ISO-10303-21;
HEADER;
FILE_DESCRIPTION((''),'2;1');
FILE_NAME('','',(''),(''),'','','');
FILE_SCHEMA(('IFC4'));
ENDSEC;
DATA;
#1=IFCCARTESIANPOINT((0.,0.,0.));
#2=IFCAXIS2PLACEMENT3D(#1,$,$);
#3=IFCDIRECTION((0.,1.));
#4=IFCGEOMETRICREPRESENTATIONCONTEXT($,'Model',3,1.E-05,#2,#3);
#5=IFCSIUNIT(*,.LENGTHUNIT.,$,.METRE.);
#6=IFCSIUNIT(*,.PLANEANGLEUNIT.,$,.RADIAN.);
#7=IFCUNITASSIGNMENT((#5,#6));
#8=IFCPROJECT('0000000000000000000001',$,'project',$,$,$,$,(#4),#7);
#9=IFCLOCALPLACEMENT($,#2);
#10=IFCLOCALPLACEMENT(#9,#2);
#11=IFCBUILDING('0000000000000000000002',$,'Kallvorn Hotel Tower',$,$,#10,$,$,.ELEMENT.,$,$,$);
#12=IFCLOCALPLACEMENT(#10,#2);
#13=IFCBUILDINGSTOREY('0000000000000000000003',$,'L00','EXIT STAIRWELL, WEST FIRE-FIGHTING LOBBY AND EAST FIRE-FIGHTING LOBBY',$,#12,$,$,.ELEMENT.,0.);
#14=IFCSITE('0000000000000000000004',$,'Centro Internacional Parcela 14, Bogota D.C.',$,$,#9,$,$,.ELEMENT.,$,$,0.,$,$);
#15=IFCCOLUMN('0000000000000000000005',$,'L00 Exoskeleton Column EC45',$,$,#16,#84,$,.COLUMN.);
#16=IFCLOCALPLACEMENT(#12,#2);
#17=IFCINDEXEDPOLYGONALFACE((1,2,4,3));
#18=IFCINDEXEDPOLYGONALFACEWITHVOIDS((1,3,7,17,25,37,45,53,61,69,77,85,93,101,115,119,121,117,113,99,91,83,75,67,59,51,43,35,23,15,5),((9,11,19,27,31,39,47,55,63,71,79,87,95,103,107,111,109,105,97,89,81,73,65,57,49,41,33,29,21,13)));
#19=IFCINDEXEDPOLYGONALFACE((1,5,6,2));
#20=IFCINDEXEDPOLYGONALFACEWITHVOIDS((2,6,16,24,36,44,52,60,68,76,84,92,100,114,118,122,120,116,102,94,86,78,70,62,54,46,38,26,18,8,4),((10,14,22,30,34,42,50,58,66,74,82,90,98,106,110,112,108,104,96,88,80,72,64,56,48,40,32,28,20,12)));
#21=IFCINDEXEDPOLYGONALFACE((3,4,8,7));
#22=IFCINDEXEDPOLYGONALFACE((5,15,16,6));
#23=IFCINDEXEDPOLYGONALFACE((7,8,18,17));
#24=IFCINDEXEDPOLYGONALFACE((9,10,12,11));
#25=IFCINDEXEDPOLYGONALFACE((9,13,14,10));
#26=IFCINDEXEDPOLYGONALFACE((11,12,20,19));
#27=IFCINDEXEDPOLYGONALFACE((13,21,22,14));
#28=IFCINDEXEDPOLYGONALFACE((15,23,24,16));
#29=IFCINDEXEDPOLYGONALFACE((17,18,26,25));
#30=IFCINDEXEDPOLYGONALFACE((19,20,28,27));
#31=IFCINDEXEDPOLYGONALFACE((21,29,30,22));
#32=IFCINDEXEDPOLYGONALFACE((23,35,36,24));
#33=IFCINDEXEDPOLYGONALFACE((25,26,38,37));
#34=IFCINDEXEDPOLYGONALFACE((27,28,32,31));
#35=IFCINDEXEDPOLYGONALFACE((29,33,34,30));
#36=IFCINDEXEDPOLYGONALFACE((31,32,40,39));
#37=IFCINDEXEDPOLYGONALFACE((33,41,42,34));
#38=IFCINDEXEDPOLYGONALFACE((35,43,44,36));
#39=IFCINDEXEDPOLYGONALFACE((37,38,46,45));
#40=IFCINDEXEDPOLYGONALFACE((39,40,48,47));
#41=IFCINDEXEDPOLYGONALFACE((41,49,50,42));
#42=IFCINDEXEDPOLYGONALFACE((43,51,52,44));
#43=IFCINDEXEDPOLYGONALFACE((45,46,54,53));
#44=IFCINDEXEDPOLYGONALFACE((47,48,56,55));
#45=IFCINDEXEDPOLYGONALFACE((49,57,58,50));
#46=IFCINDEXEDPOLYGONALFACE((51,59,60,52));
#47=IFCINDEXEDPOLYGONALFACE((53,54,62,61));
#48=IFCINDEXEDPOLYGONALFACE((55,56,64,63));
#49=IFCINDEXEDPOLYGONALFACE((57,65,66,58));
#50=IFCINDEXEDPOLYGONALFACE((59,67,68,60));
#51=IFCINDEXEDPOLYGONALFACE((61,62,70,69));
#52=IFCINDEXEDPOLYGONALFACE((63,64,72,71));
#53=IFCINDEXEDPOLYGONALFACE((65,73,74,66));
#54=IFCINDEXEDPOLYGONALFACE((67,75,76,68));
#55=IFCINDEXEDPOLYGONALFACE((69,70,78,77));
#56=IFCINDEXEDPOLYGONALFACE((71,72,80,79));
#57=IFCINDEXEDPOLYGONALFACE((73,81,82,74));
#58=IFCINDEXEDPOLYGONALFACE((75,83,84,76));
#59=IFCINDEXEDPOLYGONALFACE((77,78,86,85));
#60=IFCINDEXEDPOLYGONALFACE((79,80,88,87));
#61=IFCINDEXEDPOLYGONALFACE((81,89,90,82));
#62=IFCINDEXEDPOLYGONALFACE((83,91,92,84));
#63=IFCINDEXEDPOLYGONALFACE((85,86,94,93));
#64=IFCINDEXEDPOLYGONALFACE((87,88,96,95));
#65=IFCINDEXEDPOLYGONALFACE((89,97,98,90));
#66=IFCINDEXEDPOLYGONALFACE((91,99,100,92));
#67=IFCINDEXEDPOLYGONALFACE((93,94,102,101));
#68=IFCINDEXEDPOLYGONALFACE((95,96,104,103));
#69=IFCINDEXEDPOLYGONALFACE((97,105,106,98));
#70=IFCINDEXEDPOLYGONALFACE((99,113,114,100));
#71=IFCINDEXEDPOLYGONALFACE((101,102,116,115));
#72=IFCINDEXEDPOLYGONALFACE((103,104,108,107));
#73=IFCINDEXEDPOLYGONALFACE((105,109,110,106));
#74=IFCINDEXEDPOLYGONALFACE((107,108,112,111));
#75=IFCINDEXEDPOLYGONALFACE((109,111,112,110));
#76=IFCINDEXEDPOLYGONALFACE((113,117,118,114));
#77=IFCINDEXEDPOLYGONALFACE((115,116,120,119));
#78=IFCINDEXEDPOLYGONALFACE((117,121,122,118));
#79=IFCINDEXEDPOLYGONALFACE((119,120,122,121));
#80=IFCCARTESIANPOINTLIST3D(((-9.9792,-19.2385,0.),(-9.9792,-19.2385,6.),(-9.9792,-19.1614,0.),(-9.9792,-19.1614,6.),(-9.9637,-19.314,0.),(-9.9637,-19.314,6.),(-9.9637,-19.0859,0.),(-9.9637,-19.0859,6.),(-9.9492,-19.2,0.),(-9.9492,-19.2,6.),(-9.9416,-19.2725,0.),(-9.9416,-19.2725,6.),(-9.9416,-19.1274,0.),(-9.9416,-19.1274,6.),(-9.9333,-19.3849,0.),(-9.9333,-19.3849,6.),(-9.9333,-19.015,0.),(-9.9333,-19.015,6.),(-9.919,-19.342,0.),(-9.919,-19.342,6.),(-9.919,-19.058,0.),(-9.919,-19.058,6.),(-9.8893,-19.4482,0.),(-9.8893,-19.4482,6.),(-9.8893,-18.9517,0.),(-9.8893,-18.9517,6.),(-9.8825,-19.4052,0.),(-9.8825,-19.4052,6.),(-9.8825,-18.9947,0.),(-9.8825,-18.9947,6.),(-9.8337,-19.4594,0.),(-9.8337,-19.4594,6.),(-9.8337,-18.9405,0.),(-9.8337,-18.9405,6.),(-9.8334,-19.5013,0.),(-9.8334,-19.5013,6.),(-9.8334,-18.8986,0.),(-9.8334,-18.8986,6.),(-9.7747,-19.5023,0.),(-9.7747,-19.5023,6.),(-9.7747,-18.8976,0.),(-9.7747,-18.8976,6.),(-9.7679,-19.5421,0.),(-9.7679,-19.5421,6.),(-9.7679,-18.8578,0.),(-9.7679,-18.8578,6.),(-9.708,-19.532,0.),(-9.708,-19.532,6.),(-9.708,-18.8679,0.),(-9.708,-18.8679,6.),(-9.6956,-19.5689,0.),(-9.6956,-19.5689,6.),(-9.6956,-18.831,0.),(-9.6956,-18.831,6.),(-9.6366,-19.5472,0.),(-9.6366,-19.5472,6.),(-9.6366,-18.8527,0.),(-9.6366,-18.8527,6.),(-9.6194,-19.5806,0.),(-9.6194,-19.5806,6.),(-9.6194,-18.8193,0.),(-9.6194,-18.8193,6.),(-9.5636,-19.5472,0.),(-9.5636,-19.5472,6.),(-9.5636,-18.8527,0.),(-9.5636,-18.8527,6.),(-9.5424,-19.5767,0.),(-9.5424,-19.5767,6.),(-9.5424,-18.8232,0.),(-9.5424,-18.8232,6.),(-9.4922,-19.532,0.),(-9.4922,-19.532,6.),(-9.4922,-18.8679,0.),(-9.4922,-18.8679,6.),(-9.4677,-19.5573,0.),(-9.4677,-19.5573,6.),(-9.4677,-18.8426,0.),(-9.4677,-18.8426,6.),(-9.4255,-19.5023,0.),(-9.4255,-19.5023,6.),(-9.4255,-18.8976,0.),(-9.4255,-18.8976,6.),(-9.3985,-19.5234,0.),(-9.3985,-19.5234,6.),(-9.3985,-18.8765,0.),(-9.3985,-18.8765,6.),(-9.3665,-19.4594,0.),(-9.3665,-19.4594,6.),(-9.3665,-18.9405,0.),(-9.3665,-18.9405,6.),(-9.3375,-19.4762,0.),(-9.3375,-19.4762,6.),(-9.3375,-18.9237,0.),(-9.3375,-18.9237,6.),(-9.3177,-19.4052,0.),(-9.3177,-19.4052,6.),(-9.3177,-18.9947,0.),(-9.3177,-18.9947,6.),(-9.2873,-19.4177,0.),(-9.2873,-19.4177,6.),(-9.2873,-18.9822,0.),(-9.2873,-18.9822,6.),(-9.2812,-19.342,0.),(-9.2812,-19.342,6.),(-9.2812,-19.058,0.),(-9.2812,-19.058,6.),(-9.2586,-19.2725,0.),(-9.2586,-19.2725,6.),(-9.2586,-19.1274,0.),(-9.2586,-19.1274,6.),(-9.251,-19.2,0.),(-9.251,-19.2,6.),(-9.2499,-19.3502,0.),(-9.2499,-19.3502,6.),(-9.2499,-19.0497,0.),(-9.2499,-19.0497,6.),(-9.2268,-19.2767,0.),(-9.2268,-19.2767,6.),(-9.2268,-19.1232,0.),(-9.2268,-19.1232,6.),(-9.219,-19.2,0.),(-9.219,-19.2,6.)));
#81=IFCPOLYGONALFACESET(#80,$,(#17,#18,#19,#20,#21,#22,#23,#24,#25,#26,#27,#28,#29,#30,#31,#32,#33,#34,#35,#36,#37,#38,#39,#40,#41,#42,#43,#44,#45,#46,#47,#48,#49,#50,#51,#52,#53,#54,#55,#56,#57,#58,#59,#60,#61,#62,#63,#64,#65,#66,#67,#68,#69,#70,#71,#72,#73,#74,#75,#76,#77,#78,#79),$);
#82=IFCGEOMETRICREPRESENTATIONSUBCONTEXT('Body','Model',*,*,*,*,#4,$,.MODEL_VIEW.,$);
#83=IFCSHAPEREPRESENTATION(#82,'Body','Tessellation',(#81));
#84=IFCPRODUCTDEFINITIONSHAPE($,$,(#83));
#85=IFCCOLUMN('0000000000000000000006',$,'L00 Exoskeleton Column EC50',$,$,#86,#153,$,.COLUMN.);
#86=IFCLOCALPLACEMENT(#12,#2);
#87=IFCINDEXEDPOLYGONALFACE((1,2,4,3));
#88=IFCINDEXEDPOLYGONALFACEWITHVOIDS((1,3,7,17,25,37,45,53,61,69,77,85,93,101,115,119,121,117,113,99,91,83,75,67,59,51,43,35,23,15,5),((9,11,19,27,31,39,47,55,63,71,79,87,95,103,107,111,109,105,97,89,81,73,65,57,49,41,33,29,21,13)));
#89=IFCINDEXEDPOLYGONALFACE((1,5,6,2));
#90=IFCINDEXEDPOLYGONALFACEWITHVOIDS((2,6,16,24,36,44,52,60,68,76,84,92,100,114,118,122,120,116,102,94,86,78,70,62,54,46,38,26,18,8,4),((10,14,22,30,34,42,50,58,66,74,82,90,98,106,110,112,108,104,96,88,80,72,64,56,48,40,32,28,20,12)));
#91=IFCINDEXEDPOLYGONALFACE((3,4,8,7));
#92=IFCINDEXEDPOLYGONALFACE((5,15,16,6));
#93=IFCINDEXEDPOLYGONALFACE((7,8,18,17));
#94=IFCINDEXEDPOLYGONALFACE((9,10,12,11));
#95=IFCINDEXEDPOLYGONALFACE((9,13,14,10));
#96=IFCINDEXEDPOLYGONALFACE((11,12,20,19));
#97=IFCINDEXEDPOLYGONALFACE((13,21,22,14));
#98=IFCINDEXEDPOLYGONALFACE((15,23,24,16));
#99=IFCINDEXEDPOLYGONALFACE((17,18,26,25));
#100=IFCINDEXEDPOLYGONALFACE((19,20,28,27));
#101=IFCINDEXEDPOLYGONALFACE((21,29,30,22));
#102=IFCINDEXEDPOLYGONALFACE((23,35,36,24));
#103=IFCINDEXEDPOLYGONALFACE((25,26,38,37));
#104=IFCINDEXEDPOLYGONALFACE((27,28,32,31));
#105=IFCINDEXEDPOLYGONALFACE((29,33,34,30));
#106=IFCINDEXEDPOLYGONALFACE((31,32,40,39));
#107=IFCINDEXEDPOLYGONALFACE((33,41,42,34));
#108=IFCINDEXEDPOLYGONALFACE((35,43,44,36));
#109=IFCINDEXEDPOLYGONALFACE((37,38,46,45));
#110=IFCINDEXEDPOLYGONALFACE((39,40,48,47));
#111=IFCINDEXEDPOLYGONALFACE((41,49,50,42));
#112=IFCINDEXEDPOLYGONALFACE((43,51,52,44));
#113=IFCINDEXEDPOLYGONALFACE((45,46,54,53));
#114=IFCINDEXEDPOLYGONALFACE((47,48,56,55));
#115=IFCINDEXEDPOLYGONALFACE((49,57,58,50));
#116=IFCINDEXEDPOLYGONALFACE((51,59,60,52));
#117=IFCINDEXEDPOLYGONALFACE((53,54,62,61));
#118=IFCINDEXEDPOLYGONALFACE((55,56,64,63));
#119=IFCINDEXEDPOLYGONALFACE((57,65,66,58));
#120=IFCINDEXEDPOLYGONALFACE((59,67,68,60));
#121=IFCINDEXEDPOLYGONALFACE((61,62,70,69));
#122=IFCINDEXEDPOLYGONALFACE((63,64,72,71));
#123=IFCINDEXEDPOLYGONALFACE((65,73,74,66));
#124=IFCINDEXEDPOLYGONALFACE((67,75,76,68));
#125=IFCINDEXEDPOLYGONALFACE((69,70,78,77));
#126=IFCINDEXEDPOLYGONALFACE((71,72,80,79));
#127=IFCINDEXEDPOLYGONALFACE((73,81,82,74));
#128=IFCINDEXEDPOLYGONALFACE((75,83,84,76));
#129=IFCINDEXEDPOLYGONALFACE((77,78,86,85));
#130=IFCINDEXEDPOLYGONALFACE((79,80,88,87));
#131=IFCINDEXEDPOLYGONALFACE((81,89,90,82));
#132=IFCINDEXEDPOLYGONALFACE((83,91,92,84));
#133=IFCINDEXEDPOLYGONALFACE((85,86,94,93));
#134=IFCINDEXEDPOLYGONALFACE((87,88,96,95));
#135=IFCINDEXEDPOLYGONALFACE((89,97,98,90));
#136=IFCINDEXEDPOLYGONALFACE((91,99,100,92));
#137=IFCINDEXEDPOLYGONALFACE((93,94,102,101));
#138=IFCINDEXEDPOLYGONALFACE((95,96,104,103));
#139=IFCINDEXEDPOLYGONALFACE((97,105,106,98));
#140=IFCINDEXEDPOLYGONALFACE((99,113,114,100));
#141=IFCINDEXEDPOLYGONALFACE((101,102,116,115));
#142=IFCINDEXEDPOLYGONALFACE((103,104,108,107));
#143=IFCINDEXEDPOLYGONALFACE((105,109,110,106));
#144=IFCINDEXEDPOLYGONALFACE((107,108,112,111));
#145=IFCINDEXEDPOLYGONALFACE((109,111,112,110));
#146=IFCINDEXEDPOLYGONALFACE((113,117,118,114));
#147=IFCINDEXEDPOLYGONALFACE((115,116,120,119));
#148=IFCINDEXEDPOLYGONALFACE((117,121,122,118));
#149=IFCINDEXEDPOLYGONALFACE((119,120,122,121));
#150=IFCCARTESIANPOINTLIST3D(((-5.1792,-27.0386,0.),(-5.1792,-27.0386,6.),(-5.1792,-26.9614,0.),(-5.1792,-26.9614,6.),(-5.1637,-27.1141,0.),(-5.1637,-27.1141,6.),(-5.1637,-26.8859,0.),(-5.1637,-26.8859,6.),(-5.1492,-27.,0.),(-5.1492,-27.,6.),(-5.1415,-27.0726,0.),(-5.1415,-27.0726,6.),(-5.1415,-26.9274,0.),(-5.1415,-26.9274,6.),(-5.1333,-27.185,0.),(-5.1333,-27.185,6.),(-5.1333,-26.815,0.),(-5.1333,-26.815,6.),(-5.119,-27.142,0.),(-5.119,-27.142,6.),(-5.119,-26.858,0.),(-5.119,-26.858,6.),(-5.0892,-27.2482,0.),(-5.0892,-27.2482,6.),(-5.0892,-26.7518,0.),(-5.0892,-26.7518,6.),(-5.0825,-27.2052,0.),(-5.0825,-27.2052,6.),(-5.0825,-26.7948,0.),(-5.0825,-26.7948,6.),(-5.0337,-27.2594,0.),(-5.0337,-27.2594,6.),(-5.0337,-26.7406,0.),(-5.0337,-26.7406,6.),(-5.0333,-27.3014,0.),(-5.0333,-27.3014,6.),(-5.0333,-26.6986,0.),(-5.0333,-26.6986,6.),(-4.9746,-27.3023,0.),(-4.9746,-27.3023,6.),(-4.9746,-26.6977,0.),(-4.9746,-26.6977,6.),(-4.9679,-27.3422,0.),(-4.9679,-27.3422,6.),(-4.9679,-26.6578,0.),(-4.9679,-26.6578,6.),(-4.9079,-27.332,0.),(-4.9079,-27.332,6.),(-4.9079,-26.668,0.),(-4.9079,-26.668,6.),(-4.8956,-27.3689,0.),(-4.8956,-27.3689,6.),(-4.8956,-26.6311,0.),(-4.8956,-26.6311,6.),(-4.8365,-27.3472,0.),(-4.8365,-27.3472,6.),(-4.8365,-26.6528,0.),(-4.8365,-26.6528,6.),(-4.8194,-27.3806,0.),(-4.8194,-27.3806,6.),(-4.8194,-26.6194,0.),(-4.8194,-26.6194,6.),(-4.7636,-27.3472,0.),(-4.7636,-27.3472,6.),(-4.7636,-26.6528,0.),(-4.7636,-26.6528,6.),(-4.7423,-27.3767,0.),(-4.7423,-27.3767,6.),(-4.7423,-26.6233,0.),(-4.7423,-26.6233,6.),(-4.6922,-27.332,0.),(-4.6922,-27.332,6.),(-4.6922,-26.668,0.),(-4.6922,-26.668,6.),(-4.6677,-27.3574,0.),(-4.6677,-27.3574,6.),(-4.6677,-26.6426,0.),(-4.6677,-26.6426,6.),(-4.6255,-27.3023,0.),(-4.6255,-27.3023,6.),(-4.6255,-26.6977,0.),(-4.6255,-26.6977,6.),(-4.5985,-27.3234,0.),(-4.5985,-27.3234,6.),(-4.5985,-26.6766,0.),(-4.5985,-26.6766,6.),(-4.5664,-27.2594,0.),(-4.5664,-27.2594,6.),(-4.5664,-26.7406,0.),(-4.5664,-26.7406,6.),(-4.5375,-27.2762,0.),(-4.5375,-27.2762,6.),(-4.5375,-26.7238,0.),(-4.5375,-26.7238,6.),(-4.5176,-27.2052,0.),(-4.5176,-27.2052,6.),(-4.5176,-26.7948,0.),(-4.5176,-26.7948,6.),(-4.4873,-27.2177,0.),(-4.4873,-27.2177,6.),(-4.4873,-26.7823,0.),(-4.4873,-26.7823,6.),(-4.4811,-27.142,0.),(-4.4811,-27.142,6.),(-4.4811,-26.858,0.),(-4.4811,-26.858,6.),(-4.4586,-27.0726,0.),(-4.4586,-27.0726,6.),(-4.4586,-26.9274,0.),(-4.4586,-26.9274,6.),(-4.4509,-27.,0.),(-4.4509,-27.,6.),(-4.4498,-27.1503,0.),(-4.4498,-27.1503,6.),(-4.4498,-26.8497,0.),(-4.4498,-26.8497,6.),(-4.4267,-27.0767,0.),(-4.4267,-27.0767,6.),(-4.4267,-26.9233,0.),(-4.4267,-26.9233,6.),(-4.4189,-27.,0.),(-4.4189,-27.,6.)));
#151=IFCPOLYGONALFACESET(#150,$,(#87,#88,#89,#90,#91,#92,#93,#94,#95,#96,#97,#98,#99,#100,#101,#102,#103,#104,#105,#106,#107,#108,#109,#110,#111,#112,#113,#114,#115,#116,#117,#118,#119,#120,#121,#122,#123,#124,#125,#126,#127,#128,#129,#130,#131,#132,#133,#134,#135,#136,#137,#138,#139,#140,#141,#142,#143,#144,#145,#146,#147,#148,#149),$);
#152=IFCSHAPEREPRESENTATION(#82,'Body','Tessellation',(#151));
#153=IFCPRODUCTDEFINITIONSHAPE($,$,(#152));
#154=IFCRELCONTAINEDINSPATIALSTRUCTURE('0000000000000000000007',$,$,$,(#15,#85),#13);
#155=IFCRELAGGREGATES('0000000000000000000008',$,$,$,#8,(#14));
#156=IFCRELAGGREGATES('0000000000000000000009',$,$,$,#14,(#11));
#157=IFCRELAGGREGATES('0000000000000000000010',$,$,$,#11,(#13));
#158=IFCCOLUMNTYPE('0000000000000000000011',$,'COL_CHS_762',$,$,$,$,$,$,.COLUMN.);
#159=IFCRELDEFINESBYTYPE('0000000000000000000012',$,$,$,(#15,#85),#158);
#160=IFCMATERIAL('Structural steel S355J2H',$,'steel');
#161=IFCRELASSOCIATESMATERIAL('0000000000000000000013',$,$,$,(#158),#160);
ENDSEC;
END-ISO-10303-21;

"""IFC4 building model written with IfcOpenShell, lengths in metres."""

from ifc_helpers import new_model, si_unit, direction, frame, origin, origin_2d, place, context, subcontext, project, spatial, hollow_circle, extrude, material, material_profile, profile_set, type_object, element, save


model = new_model("IFC4")

# Units and contexts
model_context = context("Model", 3, precision=1e-05, world=origin(), true_north=direction((0.0, 1.0)))
body_context = subcontext(model_context, "Body", "Model", "MODEL_VIEW")
ifc_project = project(units=[si_unit("LENGTHUNIT", "METRE"), si_unit("PLANEANGLEUNIT", "RADIAN")], contexts=[model_context])

# Site, building, storey
site_placement = place(None, origin())
site = spatial("IfcSite", under=ifc_project, at=site_placement, Name="Centro Internacional Parcela 14, Bogota D.C.", CompositionType="ELEMENT", RefElevation=0.0)
building_placement = place(site_placement, origin())
building = spatial("IfcBuilding", under=site, at=building_placement, Name="Kallvorn Hotel Tower", CompositionType="ELEMENT")
storey_placement = place(building_placement, origin())
storey = spatial("IfcBuildingStorey", under=building, at=storey_placement, Name="L00", Description="EXIT STAIRWELL, WEST FIRE-FIGHTING LOBBY AND EAST FIRE-FIGHTING LOBBY", CompositionType="ELEMENT", Elevation=0.0)

# Columns
ifc_material_1 = material(Name="Structural steel S355J2H", Category="steel")
ifc_material_profile_1 = material_profile(ifc_material_1, hollow_circle(Radius=0.3811, WallThickness=0.032, at=origin_2d()), Name="CHS 762x32")
ifc_profile_set_1 = profile_set([ifc_material_profile_1], Name="Structural steel S355J2H")
column_type_1 = type_object("IfcColumnType", Name="COL_CHS_762", PredefinedType="COLUMN", material=ifc_profile_set_1)
for number, where, z_axis, x_axis, name in (
    (1, (-9.6001, -19.2, 0.0), (0.0, 0.0, 1.0), (1.0, 0.0, 0.0), "L00 Exoskeleton Column EC45"),
    (2, (-4.8, -27.0, 0.0), (0.0, 0.0, 1.0), (1.0, 0.0, 0.0), "L00 Exoskeleton Column EC50"),
):
    element("IfcColumn", number, at=place(storey_placement, frame(where, z_axis=z_axis, x_axis=x_axis)), inside=storey, type_object=column_type_1, Name=name, PredefinedType="COLUMN", context=body_context, shape_type="SweptSolid", body=[
        extrude(hollow_circle(Radius=0.3811, WallThickness=0.032, at=origin_2d()), origin(), (0.0, 0.0, 1.0), 6.0),
    ])

save(model, "model.ifc")
